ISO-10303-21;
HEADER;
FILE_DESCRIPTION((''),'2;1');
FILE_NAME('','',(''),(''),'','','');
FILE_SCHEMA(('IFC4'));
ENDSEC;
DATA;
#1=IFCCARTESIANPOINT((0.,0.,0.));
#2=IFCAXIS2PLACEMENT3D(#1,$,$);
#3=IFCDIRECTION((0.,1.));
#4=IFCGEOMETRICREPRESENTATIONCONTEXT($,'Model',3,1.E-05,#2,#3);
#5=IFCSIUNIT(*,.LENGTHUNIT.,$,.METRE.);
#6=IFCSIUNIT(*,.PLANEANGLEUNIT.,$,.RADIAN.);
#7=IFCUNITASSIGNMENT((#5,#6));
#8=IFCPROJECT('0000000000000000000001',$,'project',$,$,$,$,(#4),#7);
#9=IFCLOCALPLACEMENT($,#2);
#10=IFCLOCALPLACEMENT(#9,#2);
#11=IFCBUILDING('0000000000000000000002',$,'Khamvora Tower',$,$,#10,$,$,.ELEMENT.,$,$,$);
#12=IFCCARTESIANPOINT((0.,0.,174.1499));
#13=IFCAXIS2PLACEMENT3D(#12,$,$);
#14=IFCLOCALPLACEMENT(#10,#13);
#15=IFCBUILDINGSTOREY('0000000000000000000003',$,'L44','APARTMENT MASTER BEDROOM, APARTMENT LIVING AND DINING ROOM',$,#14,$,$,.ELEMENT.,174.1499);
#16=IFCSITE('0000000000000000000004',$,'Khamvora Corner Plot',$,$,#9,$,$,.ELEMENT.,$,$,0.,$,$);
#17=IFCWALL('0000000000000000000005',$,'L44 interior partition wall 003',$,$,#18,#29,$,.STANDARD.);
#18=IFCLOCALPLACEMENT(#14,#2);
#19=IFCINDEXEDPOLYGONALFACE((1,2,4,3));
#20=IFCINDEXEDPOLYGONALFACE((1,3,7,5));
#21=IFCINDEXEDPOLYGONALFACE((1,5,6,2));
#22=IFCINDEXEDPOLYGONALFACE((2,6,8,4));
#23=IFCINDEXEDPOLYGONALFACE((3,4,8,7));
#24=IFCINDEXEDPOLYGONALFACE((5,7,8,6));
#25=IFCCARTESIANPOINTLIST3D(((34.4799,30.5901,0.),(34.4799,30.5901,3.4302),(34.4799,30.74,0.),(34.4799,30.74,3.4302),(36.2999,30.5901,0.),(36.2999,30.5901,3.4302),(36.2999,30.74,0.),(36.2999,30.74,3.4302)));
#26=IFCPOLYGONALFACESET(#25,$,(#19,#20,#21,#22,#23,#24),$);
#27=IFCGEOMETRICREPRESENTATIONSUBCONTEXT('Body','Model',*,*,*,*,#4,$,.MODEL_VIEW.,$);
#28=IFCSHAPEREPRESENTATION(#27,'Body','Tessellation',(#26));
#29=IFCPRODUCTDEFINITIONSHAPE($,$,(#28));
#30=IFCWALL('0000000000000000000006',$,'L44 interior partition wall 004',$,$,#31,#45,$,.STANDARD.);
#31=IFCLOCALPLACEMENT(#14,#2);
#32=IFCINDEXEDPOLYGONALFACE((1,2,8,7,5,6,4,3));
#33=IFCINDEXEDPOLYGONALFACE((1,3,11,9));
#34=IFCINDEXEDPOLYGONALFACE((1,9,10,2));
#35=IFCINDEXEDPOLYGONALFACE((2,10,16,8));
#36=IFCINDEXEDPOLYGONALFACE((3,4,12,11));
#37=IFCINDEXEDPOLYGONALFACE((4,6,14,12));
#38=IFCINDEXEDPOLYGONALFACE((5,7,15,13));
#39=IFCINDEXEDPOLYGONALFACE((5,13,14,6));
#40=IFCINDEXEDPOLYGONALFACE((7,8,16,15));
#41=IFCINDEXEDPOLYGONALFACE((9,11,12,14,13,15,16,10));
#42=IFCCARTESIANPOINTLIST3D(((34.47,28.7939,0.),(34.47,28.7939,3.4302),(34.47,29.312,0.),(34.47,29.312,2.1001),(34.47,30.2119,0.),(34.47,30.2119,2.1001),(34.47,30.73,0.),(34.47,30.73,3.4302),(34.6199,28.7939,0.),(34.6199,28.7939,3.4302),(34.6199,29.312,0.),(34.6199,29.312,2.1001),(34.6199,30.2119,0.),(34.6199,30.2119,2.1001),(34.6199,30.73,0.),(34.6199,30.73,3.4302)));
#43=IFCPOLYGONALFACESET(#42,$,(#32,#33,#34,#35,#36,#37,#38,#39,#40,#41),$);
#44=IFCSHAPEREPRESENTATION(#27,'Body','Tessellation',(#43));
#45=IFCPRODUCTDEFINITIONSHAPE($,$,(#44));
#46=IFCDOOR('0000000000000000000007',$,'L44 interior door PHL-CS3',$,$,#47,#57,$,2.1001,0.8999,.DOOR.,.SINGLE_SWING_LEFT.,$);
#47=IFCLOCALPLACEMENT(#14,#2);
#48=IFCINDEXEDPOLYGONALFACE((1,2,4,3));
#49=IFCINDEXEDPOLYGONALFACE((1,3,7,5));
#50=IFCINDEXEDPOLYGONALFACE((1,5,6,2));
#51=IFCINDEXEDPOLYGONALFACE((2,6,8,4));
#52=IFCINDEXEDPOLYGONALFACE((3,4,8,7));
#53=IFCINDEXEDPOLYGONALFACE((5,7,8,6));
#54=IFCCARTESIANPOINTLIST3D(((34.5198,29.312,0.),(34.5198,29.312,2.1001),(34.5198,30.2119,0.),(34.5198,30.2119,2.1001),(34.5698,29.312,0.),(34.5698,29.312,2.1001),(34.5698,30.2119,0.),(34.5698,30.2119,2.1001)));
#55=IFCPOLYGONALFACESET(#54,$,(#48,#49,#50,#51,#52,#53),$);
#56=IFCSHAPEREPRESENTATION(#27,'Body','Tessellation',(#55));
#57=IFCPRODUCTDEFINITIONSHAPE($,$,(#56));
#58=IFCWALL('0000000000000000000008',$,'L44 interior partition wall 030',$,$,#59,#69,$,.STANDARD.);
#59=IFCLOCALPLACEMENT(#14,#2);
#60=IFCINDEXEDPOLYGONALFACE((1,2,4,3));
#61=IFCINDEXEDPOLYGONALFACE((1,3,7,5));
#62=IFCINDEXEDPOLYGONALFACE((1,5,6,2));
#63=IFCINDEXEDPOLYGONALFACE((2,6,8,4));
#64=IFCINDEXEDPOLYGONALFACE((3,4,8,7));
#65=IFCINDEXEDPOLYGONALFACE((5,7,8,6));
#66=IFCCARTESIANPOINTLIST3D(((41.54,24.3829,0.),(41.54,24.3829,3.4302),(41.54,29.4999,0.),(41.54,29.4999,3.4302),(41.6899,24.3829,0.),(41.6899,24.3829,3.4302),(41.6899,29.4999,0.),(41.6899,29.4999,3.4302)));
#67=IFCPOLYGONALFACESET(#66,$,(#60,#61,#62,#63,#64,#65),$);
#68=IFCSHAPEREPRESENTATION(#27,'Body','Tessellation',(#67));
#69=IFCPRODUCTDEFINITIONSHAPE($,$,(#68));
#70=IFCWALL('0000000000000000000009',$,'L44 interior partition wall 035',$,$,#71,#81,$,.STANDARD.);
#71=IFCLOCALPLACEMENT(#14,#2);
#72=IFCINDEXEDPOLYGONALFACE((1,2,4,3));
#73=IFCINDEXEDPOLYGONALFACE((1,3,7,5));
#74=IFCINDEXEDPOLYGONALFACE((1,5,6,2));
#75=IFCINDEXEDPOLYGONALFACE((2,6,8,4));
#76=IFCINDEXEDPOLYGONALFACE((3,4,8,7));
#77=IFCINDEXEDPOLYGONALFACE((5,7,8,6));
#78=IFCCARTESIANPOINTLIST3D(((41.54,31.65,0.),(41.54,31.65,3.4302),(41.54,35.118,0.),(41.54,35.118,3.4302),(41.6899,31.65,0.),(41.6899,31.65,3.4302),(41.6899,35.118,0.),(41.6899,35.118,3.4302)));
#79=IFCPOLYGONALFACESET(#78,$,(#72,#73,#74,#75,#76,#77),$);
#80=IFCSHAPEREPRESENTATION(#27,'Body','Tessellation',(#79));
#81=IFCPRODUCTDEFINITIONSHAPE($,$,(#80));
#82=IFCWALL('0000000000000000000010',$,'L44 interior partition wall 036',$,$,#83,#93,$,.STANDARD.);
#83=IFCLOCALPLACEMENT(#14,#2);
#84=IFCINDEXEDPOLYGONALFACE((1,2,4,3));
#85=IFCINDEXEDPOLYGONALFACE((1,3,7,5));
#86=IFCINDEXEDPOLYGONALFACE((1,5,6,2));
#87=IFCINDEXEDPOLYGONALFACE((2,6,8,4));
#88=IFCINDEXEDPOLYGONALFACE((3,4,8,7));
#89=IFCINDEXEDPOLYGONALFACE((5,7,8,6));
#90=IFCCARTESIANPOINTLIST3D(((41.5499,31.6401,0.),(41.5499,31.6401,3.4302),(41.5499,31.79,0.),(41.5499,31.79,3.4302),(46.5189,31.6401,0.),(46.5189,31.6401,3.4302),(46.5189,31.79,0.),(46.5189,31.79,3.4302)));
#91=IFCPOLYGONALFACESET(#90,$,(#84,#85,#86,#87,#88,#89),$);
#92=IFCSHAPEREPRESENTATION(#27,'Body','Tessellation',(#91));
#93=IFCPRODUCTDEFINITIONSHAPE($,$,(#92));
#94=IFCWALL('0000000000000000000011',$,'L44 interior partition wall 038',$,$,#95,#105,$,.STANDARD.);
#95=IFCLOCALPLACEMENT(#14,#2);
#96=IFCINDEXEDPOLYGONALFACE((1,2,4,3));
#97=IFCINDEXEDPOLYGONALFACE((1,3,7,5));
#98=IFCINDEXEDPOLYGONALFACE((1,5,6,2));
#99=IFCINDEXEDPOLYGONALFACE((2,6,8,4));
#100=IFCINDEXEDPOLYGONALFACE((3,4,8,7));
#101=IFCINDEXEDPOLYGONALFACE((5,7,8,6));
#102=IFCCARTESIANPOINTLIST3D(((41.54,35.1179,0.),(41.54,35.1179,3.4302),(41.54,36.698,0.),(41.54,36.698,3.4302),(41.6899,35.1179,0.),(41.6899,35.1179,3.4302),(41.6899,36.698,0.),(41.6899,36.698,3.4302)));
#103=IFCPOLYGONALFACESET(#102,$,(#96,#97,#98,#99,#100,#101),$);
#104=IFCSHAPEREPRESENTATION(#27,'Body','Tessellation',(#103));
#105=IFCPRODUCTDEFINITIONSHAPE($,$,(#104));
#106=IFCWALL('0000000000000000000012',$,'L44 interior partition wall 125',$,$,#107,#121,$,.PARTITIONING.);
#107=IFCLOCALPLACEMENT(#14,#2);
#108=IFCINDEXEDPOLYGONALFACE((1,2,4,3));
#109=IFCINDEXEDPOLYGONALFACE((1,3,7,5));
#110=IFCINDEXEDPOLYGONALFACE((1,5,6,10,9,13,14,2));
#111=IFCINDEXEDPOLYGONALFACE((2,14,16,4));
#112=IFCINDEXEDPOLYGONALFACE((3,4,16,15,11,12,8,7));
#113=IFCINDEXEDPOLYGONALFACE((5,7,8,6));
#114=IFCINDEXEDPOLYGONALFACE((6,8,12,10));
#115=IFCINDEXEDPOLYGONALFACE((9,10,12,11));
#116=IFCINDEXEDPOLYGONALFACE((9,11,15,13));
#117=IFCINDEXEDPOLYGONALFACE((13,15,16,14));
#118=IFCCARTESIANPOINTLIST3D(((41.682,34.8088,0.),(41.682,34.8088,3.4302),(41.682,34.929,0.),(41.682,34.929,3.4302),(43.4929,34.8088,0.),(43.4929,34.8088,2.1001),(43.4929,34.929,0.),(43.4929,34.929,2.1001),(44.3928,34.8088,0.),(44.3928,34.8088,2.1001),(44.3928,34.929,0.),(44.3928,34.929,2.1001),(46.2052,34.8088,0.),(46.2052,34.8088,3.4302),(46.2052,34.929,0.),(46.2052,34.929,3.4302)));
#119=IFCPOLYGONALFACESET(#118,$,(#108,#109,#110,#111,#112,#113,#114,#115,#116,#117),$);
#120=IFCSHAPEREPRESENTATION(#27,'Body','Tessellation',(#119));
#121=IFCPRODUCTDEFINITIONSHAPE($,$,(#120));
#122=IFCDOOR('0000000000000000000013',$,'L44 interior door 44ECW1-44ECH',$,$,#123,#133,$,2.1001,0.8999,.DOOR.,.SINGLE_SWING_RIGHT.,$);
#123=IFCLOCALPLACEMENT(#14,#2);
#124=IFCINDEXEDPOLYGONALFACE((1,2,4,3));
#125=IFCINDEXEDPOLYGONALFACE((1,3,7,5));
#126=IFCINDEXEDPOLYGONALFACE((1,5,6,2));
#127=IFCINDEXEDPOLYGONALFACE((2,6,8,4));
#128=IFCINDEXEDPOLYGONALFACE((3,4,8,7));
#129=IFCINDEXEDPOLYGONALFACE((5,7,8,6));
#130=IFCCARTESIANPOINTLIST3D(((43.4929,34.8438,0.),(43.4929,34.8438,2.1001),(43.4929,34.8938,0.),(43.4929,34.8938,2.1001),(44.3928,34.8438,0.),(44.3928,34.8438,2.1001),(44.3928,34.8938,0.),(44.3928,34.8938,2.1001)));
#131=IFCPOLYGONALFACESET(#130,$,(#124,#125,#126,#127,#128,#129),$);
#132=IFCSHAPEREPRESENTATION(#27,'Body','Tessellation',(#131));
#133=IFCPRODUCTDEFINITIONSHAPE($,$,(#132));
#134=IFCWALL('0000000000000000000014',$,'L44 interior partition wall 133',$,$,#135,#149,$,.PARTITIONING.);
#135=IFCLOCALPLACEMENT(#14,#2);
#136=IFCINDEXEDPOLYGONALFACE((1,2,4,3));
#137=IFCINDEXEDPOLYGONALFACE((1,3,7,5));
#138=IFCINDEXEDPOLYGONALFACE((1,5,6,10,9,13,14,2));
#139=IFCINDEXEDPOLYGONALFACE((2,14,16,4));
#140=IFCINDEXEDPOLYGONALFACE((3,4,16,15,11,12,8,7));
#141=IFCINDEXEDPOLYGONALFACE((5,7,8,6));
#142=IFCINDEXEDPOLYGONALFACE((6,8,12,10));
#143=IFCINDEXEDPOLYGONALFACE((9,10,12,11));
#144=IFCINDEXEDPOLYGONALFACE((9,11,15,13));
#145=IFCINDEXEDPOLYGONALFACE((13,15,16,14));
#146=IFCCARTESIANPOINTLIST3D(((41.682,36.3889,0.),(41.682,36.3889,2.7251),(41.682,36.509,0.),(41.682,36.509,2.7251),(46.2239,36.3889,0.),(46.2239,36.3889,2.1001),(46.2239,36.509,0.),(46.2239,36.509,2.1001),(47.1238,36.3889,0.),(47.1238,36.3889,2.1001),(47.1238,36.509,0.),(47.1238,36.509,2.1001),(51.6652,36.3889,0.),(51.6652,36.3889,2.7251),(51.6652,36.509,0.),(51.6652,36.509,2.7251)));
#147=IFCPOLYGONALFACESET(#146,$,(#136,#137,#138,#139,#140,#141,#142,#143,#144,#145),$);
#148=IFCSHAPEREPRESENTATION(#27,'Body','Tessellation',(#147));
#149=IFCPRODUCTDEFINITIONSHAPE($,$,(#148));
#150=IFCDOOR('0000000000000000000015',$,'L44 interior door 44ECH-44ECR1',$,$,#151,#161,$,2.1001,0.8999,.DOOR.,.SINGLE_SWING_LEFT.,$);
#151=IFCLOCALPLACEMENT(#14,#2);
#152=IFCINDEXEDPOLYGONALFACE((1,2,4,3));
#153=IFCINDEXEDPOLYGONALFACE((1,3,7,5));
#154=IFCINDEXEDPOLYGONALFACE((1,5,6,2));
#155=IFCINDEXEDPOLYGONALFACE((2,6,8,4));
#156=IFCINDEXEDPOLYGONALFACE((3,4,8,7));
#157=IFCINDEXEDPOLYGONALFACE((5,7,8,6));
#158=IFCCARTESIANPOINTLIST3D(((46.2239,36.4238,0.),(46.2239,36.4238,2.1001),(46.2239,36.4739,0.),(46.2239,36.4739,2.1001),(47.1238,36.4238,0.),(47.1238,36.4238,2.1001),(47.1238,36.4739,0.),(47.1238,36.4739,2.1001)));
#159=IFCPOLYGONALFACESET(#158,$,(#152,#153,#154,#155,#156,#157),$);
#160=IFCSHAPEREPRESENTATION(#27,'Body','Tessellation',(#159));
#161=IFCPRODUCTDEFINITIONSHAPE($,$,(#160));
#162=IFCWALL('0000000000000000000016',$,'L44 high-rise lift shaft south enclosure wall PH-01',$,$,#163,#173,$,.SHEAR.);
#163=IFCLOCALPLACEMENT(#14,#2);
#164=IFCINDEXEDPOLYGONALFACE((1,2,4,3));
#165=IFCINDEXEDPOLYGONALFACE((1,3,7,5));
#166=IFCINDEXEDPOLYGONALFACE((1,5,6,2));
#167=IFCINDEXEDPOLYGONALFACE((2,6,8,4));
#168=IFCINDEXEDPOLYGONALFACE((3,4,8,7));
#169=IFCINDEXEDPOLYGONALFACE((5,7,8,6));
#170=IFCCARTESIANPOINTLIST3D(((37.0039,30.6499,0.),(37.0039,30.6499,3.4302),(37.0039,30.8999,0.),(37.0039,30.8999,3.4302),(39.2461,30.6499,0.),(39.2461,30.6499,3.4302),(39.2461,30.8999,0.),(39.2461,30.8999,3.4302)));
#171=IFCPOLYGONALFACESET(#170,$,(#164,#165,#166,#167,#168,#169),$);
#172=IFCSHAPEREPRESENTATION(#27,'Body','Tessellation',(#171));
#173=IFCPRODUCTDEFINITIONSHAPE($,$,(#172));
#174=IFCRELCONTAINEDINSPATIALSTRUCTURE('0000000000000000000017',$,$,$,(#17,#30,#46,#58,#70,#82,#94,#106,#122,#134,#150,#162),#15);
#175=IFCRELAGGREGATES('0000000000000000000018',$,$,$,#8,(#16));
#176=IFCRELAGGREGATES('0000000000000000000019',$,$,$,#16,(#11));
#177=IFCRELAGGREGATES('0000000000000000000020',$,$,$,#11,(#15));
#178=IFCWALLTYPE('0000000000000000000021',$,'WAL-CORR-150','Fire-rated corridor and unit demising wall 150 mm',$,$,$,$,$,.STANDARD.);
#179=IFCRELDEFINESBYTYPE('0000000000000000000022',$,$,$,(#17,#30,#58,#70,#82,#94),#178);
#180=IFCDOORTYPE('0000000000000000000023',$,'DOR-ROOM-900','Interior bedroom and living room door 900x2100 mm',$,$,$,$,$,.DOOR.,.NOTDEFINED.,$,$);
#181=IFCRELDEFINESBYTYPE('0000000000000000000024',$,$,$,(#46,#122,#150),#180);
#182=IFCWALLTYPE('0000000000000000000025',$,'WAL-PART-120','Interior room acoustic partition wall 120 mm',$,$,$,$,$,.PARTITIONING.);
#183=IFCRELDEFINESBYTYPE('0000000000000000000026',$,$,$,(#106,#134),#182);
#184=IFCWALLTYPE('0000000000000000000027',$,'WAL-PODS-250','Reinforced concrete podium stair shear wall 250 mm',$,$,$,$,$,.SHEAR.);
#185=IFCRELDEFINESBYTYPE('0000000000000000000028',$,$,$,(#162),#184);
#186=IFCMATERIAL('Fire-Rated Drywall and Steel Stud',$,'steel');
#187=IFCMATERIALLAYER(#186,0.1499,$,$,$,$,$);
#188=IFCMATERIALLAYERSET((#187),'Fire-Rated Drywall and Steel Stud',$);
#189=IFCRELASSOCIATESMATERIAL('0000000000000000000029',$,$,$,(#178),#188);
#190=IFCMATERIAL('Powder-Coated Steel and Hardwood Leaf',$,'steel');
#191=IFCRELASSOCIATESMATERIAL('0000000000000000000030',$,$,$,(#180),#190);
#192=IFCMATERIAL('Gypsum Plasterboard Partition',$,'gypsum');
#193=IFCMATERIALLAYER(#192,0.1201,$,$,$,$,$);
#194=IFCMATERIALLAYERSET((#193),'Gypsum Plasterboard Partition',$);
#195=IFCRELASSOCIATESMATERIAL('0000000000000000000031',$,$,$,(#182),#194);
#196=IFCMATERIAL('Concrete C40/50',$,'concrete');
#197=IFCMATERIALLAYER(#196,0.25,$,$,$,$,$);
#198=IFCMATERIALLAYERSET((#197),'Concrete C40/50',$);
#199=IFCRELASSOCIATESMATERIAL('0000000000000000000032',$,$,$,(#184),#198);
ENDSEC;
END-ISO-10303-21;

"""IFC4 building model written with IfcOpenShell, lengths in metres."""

from ifc_helpers import new_model, si_unit, direction, frame, frame_2d, origin, place, context, subcontext, project, spatial, rectangle, extrude, material, layer, layer_set, type_object, element, fill, save


model = new_model("IFC4")

# Units and contexts
model_context = context("Model", 3, precision=1e-05, world=origin(), true_north=direction((0.0, 1.0)))
body_context = subcontext(model_context, "Body", "Model", "MODEL_VIEW")
ifc_project = project(units=[si_unit("LENGTHUNIT", "METRE"), si_unit("PLANEANGLEUNIT", "RADIAN")], contexts=[model_context])

# Site, building, storey
site_placement = place(None, origin())
site = spatial("IfcSite", under=ifc_project, at=site_placement, Name="Khamvora Corner Plot", CompositionType="ELEMENT", RefElevation=0.0)
building_placement = place(site_placement, origin())
building = spatial("IfcBuilding", under=site, at=building_placement, Name="Khamvora Tower", CompositionType="ELEMENT")
storey_placement = place(building_placement, frame((0.0, 0.0, 174.1499)))
storey = spatial("IfcBuildingStorey", under=building, at=storey_placement, Name="L44", Description="APARTMENT MASTER BEDROOM, APARTMENT LIVING AND DINING ROOM", CompositionType="ELEMENT", Elevation=174.1499)

# Shared definitions
ifc_material_1 = material(Name="Powder-Coated Steel and Hardwood Leaf", Category="steel")

# Wall
ifc_material_2 = material(Name="Fire-Rated Drywall and Steel Stud", Category="steel")
ifc_layer_1 = layer(ifc_material_2, 0.1499)
ifc_layer_set_1 = layer_set([ifc_layer_1], Name="Fire-Rated Drywall and Steel Stud")
wall_type_1 = type_object("IfcWallType", Name="WAL-CORR-150", Description="Fire-rated corridor and unit demising wall 150 mm", PredefinedType="STANDARD", material=ifc_layer_set_1)
wall_1_placement = place(storey_placement, frame((36.3, 30.665, 0.0), z_axis=(0.0, 0.0, 1.0), x_axis=(-1.0, 0.0, 0.0)))
element("IfcWall", 1, at=wall_1_placement, inside=storey, type_object=wall_type_1, Name="L44 interior partition wall 003", PredefinedType="STANDARD", context=body_context, shape_type="SweptSolid", body=[
    extrude(rectangle(XDim=1.8201, YDim=0.1499, at=frame_2d((0.9102, 0.0))), origin(), (0.0, 0.0, 1.0), 3.4302),
])

# Wall, opening, door
wall_2_placement = place(storey_placement, frame((34.5449, 30.73, 0.0), z_axis=(0.0, 0.0, 1.0), x_axis=(0.0, -1.0, 0.0)))
wall_2 = element("IfcWall", 2, at=wall_2_placement, inside=storey, type_object=wall_type_1, Name="L44 interior partition wall 004", PredefinedType="STANDARD", context=body_context, shape_type="SweptSolid", body=[
    extrude(rectangle(XDim=1.936, YDim=0.1499, at=frame_2d((0.968, 0.0))), origin(), (0.0, 0.0, 1.0), 3.4302),
])
opening_1_placement = place(wall_2_placement, frame((0.5181, 0.0, 0.0)))
opening_1 = element("IfcOpeningElement", 3, at=opening_1_placement, cuts=wall_2, PredefinedType="OPENING", context=body_context, shape_type="SweptSolid", body=[
    extrude(rectangle(XDim=0.8999, YDim=2.1001, at=frame_2d((0.45, 1.05))), frame((0.0, 0.085, 0.0), z_axis=(0.0, -1.0, 0.0), x_axis=(1.0, 0.0, 0.0)), (0.0, 0.0, 1.0), 0.1699),
])
door_type_1 = type_object("IfcDoorType", Name="DOR-ROOM-900", Description="Interior bedroom and living room door 900x2100 mm", OperationType="NOTDEFINED", PredefinedType="DOOR", material=ifc_material_1)
door_1_placement = place(opening_1_placement, origin())
door_1 = element("IfcDoor", 4, at=door_1_placement, inside=storey, type_object=door_type_1, Name="L44 interior door PHL-CS3", OperationType="SINGLE_SWING_LEFT", OverallHeight=2.1001, OverallWidth=0.8999, PredefinedType="DOOR", context=body_context, shape_type="SweptSolid", body=[
    extrude(rectangle(XDim=0.8999, YDim=2.1001, at=frame_2d((0.45, 1.05))), frame((0.0, 0.0249, 0.0), z_axis=(0.0, -1.0, 0.0), x_axis=(1.0, 0.0, 0.0)), (0.0, 0.0, 1.0), 0.05),
])
fill(opening_1, door_1)

# Walls
wall_3_placement = place(storey_placement, frame((41.615, 29.5, 0.0), z_axis=(0.0, 0.0, 1.0), x_axis=(0.0, -1.0, 0.0)))
element("IfcWall", 5, at=wall_3_placement, inside=storey, type_object=wall_type_1, Name="L44 interior partition wall 030", PredefinedType="STANDARD", context=body_context, shape_type="SweptSolid", body=[
    extrude(rectangle(XDim=5.1169, YDim=0.1499, at=frame_2d((2.5586, 0.0))), origin(), (0.0, 0.0, 1.0), 3.4302),
])
wall_4_placement = place(storey_placement, frame((41.615, 35.1179, 0.0), z_axis=(0.0, 0.0, 1.0), x_axis=(0.0, -1.0, 0.0)))
element("IfcWall", 6, at=wall_4_placement, inside=storey, type_object=wall_type_1, Name="L44 interior partition wall 035", PredefinedType="STANDARD", context=body_context, shape_type="SweptSolid", body=[
    extrude(rectangle(XDim=3.468, YDim=0.1499, at=frame_2d((1.7339, 0.0))), origin(), (0.0, 0.0, 1.0), 3.4302),
])
wall_5_placement = place(storey_placement, frame((41.55, 31.7151, 0.0), z_axis=(0.0, 0.0, 1.0), x_axis=(1.0, 0.0, 0.0)))
element("IfcWall", 7, at=wall_5_placement, inside=storey, type_object=wall_type_1, Name="L44 interior partition wall 036", PredefinedType="STANDARD", context=body_context, shape_type="SweptSolid", body=[
    extrude(rectangle(XDim=4.969, YDim=0.1499, at=frame_2d((2.4844, 0.0))), origin(), (0.0, 0.0, 1.0), 3.4302),
])
wall_6_placement = place(storey_placement, frame((41.615, 36.698, 0.0), z_axis=(0.0, 0.0, 1.0), x_axis=(0.0, -1.0, 0.0)))
element("IfcWall", 8, at=wall_6_placement, inside=storey, type_object=wall_type_1, Name="L44 interior partition wall 038", PredefinedType="STANDARD", context=body_context, shape_type="SweptSolid", body=[
    extrude(rectangle(XDim=1.5801, YDim=0.1499, at=frame_2d((0.79, 0.0))), origin(), (0.0, 0.0, 1.0), 3.4302),
])

# Walls, openings, doors
ifc_material_3 = material(Name="Gypsum Plasterboard Partition", Category="gypsum")
ifc_layer_2 = layer(ifc_material_3, 0.1201)
ifc_layer_set_2 = layer_set([ifc_layer_2], Name="Gypsum Plasterboard Partition")
wall_type_2 = type_object("IfcWallType", Name="WAL-PART-120", Description="Interior room acoustic partition wall 120 mm", PredefinedType="PARTITIONING", material=ifc_layer_set_2)
wall_7_placement = place(storey_placement, frame((41.6819, 34.8689, 0.0), z_axis=(0.0, 0.0, 1.0), x_axis=(1.0, 0.0, 0.0)))
wall_7 = element("IfcWall", 9, at=wall_7_placement, inside=storey, type_object=wall_type_2, Name="L44 interior partition wall 125", PredefinedType="PARTITIONING", context=body_context, shape_type="SweptSolid", body=[
    extrude(rectangle(XDim=4.5232, YDim=0.1201, at=frame_2d((2.2617, 0.0))), origin(), (0.0, 0.0, 1.0), 3.4302),
])
opening_2_placement = place(wall_7_placement, frame((1.811, 0.0, 0.0)))
opening_2 = element("IfcOpeningElement", 10, at=opening_2_placement, cuts=wall_7, PredefinedType="OPENING", context=body_context, shape_type="SweptSolid", body=[
    extrude(rectangle(XDim=0.8999, YDim=2.1001, at=frame_2d((0.45, 1.05))), frame((0.0, 0.0701, 0.0), z_axis=(0.0, -1.0, 0.0), x_axis=(1.0, 0.0, 0.0)), (0.0, 0.0, 1.0), 0.1401),
])
door_2_placement = place(opening_2_placement, origin())
door_2 = element("IfcDoor", 11, at=door_2_placement, inside=storey, type_object=door_type_1, Name="L44 interior door 44ECW1-44ECH", OperationType="SINGLE_SWING_RIGHT", OverallHeight=2.1001, OverallWidth=0.8999, PredefinedType="DOOR", context=body_context, shape_type="SweptSolid", body=[
    extrude(rectangle(XDim=0.8999, YDim=2.1001, at=frame_2d((0.45, 1.05))), frame((0.0, 0.0249, 0.0), z_axis=(0.0, -1.0, 0.0), x_axis=(1.0, 0.0, 0.0)), (0.0, 0.0, 1.0), 0.05),
])
fill(opening_2, door_2)
wall_8_placement = place(storey_placement, frame((41.6819, 36.449, 0.0), z_axis=(0.0, 0.0, 1.0), x_axis=(1.0, 0.0, 0.0)))
wall_8 = element("IfcWall", 12, at=wall_8_placement, inside=storey, type_object=wall_type_2, Name="L44 interior partition wall 133", PredefinedType="PARTITIONING", context=body_context, shape_type="SweptSolid", body=[
    extrude(rectangle(XDim=9.9832, YDim=0.1201, at=frame_2d((4.9917, 0.0))), origin(), (0.0, 0.0, 1.0), 2.7251),
])
opening_3_placement = place(wall_8_placement, frame((4.542, 0.0, 0.0)))
opening_3 = element("IfcOpeningElement", 13, at=opening_3_placement, cuts=wall_8, PredefinedType="OPENING", context=body_context, shape_type="SweptSolid", body=[
    extrude(rectangle(XDim=0.8999, YDim=2.1001, at=frame_2d((0.45, 1.05))), frame((0.0, 0.0701, 0.0), z_axis=(0.0, -1.0, 0.0), x_axis=(1.0, 0.0, 0.0)), (0.0, 0.0, 1.0), 0.1401),
])
door_3_placement = place(opening_3_placement, origin())
door_3 = element("IfcDoor", 14, at=door_3_placement, inside=storey, type_object=door_type_1, Name="L44 interior door 44ECH-44ECR1", OperationType="SINGLE_SWING_LEFT", OverallHeight=2.1001, OverallWidth=0.8999, PredefinedType="DOOR", context=body_context, shape_type="SweptSolid", body=[
    extrude(rectangle(XDim=0.8999, YDim=2.1001, at=frame_2d((0.45, 1.05))), frame((0.0, 0.0249, 0.0), z_axis=(0.0, -1.0, 0.0), x_axis=(1.0, 0.0, 0.0)), (0.0, 0.0, 1.0), 0.05),
])
fill(opening_3, door_3)

# Wall
ifc_material_4 = material(Name="Concrete C40/50", Category="concrete")
ifc_layer_3 = layer(ifc_material_4, 0.25)
ifc_layer_set_3 = layer_set([ifc_layer_3], Name="Concrete C40/50")
wall_type_3 = type_object("IfcWallType", Name="WAL-PODS-250", Description="Reinforced concrete podium stair shear wall 250 mm", PredefinedType="SHEAR", material=ifc_layer_set_3)
wall_9_placement = place(storey_placement, frame((37.0039, 30.7749, 0.0), z_axis=(0.0, 0.0, 1.0), x_axis=(1.0, 0.0, 0.0)))
element("IfcWall", 15, at=wall_9_placement, inside=storey, type_object=wall_type_3, Name="L44 high-rise lift shaft south enclosure wall PH-01", PredefinedType="SHEAR", context=body_context, shape_type="SweptSolid", body=[
    extrude(rectangle(XDim=2.2422, YDim=0.25, at=frame_2d((1.1211, 0.0))), origin(), (0.0, 0.0, 1.0), 3.4302),
])

save(model, "model.ifc")
